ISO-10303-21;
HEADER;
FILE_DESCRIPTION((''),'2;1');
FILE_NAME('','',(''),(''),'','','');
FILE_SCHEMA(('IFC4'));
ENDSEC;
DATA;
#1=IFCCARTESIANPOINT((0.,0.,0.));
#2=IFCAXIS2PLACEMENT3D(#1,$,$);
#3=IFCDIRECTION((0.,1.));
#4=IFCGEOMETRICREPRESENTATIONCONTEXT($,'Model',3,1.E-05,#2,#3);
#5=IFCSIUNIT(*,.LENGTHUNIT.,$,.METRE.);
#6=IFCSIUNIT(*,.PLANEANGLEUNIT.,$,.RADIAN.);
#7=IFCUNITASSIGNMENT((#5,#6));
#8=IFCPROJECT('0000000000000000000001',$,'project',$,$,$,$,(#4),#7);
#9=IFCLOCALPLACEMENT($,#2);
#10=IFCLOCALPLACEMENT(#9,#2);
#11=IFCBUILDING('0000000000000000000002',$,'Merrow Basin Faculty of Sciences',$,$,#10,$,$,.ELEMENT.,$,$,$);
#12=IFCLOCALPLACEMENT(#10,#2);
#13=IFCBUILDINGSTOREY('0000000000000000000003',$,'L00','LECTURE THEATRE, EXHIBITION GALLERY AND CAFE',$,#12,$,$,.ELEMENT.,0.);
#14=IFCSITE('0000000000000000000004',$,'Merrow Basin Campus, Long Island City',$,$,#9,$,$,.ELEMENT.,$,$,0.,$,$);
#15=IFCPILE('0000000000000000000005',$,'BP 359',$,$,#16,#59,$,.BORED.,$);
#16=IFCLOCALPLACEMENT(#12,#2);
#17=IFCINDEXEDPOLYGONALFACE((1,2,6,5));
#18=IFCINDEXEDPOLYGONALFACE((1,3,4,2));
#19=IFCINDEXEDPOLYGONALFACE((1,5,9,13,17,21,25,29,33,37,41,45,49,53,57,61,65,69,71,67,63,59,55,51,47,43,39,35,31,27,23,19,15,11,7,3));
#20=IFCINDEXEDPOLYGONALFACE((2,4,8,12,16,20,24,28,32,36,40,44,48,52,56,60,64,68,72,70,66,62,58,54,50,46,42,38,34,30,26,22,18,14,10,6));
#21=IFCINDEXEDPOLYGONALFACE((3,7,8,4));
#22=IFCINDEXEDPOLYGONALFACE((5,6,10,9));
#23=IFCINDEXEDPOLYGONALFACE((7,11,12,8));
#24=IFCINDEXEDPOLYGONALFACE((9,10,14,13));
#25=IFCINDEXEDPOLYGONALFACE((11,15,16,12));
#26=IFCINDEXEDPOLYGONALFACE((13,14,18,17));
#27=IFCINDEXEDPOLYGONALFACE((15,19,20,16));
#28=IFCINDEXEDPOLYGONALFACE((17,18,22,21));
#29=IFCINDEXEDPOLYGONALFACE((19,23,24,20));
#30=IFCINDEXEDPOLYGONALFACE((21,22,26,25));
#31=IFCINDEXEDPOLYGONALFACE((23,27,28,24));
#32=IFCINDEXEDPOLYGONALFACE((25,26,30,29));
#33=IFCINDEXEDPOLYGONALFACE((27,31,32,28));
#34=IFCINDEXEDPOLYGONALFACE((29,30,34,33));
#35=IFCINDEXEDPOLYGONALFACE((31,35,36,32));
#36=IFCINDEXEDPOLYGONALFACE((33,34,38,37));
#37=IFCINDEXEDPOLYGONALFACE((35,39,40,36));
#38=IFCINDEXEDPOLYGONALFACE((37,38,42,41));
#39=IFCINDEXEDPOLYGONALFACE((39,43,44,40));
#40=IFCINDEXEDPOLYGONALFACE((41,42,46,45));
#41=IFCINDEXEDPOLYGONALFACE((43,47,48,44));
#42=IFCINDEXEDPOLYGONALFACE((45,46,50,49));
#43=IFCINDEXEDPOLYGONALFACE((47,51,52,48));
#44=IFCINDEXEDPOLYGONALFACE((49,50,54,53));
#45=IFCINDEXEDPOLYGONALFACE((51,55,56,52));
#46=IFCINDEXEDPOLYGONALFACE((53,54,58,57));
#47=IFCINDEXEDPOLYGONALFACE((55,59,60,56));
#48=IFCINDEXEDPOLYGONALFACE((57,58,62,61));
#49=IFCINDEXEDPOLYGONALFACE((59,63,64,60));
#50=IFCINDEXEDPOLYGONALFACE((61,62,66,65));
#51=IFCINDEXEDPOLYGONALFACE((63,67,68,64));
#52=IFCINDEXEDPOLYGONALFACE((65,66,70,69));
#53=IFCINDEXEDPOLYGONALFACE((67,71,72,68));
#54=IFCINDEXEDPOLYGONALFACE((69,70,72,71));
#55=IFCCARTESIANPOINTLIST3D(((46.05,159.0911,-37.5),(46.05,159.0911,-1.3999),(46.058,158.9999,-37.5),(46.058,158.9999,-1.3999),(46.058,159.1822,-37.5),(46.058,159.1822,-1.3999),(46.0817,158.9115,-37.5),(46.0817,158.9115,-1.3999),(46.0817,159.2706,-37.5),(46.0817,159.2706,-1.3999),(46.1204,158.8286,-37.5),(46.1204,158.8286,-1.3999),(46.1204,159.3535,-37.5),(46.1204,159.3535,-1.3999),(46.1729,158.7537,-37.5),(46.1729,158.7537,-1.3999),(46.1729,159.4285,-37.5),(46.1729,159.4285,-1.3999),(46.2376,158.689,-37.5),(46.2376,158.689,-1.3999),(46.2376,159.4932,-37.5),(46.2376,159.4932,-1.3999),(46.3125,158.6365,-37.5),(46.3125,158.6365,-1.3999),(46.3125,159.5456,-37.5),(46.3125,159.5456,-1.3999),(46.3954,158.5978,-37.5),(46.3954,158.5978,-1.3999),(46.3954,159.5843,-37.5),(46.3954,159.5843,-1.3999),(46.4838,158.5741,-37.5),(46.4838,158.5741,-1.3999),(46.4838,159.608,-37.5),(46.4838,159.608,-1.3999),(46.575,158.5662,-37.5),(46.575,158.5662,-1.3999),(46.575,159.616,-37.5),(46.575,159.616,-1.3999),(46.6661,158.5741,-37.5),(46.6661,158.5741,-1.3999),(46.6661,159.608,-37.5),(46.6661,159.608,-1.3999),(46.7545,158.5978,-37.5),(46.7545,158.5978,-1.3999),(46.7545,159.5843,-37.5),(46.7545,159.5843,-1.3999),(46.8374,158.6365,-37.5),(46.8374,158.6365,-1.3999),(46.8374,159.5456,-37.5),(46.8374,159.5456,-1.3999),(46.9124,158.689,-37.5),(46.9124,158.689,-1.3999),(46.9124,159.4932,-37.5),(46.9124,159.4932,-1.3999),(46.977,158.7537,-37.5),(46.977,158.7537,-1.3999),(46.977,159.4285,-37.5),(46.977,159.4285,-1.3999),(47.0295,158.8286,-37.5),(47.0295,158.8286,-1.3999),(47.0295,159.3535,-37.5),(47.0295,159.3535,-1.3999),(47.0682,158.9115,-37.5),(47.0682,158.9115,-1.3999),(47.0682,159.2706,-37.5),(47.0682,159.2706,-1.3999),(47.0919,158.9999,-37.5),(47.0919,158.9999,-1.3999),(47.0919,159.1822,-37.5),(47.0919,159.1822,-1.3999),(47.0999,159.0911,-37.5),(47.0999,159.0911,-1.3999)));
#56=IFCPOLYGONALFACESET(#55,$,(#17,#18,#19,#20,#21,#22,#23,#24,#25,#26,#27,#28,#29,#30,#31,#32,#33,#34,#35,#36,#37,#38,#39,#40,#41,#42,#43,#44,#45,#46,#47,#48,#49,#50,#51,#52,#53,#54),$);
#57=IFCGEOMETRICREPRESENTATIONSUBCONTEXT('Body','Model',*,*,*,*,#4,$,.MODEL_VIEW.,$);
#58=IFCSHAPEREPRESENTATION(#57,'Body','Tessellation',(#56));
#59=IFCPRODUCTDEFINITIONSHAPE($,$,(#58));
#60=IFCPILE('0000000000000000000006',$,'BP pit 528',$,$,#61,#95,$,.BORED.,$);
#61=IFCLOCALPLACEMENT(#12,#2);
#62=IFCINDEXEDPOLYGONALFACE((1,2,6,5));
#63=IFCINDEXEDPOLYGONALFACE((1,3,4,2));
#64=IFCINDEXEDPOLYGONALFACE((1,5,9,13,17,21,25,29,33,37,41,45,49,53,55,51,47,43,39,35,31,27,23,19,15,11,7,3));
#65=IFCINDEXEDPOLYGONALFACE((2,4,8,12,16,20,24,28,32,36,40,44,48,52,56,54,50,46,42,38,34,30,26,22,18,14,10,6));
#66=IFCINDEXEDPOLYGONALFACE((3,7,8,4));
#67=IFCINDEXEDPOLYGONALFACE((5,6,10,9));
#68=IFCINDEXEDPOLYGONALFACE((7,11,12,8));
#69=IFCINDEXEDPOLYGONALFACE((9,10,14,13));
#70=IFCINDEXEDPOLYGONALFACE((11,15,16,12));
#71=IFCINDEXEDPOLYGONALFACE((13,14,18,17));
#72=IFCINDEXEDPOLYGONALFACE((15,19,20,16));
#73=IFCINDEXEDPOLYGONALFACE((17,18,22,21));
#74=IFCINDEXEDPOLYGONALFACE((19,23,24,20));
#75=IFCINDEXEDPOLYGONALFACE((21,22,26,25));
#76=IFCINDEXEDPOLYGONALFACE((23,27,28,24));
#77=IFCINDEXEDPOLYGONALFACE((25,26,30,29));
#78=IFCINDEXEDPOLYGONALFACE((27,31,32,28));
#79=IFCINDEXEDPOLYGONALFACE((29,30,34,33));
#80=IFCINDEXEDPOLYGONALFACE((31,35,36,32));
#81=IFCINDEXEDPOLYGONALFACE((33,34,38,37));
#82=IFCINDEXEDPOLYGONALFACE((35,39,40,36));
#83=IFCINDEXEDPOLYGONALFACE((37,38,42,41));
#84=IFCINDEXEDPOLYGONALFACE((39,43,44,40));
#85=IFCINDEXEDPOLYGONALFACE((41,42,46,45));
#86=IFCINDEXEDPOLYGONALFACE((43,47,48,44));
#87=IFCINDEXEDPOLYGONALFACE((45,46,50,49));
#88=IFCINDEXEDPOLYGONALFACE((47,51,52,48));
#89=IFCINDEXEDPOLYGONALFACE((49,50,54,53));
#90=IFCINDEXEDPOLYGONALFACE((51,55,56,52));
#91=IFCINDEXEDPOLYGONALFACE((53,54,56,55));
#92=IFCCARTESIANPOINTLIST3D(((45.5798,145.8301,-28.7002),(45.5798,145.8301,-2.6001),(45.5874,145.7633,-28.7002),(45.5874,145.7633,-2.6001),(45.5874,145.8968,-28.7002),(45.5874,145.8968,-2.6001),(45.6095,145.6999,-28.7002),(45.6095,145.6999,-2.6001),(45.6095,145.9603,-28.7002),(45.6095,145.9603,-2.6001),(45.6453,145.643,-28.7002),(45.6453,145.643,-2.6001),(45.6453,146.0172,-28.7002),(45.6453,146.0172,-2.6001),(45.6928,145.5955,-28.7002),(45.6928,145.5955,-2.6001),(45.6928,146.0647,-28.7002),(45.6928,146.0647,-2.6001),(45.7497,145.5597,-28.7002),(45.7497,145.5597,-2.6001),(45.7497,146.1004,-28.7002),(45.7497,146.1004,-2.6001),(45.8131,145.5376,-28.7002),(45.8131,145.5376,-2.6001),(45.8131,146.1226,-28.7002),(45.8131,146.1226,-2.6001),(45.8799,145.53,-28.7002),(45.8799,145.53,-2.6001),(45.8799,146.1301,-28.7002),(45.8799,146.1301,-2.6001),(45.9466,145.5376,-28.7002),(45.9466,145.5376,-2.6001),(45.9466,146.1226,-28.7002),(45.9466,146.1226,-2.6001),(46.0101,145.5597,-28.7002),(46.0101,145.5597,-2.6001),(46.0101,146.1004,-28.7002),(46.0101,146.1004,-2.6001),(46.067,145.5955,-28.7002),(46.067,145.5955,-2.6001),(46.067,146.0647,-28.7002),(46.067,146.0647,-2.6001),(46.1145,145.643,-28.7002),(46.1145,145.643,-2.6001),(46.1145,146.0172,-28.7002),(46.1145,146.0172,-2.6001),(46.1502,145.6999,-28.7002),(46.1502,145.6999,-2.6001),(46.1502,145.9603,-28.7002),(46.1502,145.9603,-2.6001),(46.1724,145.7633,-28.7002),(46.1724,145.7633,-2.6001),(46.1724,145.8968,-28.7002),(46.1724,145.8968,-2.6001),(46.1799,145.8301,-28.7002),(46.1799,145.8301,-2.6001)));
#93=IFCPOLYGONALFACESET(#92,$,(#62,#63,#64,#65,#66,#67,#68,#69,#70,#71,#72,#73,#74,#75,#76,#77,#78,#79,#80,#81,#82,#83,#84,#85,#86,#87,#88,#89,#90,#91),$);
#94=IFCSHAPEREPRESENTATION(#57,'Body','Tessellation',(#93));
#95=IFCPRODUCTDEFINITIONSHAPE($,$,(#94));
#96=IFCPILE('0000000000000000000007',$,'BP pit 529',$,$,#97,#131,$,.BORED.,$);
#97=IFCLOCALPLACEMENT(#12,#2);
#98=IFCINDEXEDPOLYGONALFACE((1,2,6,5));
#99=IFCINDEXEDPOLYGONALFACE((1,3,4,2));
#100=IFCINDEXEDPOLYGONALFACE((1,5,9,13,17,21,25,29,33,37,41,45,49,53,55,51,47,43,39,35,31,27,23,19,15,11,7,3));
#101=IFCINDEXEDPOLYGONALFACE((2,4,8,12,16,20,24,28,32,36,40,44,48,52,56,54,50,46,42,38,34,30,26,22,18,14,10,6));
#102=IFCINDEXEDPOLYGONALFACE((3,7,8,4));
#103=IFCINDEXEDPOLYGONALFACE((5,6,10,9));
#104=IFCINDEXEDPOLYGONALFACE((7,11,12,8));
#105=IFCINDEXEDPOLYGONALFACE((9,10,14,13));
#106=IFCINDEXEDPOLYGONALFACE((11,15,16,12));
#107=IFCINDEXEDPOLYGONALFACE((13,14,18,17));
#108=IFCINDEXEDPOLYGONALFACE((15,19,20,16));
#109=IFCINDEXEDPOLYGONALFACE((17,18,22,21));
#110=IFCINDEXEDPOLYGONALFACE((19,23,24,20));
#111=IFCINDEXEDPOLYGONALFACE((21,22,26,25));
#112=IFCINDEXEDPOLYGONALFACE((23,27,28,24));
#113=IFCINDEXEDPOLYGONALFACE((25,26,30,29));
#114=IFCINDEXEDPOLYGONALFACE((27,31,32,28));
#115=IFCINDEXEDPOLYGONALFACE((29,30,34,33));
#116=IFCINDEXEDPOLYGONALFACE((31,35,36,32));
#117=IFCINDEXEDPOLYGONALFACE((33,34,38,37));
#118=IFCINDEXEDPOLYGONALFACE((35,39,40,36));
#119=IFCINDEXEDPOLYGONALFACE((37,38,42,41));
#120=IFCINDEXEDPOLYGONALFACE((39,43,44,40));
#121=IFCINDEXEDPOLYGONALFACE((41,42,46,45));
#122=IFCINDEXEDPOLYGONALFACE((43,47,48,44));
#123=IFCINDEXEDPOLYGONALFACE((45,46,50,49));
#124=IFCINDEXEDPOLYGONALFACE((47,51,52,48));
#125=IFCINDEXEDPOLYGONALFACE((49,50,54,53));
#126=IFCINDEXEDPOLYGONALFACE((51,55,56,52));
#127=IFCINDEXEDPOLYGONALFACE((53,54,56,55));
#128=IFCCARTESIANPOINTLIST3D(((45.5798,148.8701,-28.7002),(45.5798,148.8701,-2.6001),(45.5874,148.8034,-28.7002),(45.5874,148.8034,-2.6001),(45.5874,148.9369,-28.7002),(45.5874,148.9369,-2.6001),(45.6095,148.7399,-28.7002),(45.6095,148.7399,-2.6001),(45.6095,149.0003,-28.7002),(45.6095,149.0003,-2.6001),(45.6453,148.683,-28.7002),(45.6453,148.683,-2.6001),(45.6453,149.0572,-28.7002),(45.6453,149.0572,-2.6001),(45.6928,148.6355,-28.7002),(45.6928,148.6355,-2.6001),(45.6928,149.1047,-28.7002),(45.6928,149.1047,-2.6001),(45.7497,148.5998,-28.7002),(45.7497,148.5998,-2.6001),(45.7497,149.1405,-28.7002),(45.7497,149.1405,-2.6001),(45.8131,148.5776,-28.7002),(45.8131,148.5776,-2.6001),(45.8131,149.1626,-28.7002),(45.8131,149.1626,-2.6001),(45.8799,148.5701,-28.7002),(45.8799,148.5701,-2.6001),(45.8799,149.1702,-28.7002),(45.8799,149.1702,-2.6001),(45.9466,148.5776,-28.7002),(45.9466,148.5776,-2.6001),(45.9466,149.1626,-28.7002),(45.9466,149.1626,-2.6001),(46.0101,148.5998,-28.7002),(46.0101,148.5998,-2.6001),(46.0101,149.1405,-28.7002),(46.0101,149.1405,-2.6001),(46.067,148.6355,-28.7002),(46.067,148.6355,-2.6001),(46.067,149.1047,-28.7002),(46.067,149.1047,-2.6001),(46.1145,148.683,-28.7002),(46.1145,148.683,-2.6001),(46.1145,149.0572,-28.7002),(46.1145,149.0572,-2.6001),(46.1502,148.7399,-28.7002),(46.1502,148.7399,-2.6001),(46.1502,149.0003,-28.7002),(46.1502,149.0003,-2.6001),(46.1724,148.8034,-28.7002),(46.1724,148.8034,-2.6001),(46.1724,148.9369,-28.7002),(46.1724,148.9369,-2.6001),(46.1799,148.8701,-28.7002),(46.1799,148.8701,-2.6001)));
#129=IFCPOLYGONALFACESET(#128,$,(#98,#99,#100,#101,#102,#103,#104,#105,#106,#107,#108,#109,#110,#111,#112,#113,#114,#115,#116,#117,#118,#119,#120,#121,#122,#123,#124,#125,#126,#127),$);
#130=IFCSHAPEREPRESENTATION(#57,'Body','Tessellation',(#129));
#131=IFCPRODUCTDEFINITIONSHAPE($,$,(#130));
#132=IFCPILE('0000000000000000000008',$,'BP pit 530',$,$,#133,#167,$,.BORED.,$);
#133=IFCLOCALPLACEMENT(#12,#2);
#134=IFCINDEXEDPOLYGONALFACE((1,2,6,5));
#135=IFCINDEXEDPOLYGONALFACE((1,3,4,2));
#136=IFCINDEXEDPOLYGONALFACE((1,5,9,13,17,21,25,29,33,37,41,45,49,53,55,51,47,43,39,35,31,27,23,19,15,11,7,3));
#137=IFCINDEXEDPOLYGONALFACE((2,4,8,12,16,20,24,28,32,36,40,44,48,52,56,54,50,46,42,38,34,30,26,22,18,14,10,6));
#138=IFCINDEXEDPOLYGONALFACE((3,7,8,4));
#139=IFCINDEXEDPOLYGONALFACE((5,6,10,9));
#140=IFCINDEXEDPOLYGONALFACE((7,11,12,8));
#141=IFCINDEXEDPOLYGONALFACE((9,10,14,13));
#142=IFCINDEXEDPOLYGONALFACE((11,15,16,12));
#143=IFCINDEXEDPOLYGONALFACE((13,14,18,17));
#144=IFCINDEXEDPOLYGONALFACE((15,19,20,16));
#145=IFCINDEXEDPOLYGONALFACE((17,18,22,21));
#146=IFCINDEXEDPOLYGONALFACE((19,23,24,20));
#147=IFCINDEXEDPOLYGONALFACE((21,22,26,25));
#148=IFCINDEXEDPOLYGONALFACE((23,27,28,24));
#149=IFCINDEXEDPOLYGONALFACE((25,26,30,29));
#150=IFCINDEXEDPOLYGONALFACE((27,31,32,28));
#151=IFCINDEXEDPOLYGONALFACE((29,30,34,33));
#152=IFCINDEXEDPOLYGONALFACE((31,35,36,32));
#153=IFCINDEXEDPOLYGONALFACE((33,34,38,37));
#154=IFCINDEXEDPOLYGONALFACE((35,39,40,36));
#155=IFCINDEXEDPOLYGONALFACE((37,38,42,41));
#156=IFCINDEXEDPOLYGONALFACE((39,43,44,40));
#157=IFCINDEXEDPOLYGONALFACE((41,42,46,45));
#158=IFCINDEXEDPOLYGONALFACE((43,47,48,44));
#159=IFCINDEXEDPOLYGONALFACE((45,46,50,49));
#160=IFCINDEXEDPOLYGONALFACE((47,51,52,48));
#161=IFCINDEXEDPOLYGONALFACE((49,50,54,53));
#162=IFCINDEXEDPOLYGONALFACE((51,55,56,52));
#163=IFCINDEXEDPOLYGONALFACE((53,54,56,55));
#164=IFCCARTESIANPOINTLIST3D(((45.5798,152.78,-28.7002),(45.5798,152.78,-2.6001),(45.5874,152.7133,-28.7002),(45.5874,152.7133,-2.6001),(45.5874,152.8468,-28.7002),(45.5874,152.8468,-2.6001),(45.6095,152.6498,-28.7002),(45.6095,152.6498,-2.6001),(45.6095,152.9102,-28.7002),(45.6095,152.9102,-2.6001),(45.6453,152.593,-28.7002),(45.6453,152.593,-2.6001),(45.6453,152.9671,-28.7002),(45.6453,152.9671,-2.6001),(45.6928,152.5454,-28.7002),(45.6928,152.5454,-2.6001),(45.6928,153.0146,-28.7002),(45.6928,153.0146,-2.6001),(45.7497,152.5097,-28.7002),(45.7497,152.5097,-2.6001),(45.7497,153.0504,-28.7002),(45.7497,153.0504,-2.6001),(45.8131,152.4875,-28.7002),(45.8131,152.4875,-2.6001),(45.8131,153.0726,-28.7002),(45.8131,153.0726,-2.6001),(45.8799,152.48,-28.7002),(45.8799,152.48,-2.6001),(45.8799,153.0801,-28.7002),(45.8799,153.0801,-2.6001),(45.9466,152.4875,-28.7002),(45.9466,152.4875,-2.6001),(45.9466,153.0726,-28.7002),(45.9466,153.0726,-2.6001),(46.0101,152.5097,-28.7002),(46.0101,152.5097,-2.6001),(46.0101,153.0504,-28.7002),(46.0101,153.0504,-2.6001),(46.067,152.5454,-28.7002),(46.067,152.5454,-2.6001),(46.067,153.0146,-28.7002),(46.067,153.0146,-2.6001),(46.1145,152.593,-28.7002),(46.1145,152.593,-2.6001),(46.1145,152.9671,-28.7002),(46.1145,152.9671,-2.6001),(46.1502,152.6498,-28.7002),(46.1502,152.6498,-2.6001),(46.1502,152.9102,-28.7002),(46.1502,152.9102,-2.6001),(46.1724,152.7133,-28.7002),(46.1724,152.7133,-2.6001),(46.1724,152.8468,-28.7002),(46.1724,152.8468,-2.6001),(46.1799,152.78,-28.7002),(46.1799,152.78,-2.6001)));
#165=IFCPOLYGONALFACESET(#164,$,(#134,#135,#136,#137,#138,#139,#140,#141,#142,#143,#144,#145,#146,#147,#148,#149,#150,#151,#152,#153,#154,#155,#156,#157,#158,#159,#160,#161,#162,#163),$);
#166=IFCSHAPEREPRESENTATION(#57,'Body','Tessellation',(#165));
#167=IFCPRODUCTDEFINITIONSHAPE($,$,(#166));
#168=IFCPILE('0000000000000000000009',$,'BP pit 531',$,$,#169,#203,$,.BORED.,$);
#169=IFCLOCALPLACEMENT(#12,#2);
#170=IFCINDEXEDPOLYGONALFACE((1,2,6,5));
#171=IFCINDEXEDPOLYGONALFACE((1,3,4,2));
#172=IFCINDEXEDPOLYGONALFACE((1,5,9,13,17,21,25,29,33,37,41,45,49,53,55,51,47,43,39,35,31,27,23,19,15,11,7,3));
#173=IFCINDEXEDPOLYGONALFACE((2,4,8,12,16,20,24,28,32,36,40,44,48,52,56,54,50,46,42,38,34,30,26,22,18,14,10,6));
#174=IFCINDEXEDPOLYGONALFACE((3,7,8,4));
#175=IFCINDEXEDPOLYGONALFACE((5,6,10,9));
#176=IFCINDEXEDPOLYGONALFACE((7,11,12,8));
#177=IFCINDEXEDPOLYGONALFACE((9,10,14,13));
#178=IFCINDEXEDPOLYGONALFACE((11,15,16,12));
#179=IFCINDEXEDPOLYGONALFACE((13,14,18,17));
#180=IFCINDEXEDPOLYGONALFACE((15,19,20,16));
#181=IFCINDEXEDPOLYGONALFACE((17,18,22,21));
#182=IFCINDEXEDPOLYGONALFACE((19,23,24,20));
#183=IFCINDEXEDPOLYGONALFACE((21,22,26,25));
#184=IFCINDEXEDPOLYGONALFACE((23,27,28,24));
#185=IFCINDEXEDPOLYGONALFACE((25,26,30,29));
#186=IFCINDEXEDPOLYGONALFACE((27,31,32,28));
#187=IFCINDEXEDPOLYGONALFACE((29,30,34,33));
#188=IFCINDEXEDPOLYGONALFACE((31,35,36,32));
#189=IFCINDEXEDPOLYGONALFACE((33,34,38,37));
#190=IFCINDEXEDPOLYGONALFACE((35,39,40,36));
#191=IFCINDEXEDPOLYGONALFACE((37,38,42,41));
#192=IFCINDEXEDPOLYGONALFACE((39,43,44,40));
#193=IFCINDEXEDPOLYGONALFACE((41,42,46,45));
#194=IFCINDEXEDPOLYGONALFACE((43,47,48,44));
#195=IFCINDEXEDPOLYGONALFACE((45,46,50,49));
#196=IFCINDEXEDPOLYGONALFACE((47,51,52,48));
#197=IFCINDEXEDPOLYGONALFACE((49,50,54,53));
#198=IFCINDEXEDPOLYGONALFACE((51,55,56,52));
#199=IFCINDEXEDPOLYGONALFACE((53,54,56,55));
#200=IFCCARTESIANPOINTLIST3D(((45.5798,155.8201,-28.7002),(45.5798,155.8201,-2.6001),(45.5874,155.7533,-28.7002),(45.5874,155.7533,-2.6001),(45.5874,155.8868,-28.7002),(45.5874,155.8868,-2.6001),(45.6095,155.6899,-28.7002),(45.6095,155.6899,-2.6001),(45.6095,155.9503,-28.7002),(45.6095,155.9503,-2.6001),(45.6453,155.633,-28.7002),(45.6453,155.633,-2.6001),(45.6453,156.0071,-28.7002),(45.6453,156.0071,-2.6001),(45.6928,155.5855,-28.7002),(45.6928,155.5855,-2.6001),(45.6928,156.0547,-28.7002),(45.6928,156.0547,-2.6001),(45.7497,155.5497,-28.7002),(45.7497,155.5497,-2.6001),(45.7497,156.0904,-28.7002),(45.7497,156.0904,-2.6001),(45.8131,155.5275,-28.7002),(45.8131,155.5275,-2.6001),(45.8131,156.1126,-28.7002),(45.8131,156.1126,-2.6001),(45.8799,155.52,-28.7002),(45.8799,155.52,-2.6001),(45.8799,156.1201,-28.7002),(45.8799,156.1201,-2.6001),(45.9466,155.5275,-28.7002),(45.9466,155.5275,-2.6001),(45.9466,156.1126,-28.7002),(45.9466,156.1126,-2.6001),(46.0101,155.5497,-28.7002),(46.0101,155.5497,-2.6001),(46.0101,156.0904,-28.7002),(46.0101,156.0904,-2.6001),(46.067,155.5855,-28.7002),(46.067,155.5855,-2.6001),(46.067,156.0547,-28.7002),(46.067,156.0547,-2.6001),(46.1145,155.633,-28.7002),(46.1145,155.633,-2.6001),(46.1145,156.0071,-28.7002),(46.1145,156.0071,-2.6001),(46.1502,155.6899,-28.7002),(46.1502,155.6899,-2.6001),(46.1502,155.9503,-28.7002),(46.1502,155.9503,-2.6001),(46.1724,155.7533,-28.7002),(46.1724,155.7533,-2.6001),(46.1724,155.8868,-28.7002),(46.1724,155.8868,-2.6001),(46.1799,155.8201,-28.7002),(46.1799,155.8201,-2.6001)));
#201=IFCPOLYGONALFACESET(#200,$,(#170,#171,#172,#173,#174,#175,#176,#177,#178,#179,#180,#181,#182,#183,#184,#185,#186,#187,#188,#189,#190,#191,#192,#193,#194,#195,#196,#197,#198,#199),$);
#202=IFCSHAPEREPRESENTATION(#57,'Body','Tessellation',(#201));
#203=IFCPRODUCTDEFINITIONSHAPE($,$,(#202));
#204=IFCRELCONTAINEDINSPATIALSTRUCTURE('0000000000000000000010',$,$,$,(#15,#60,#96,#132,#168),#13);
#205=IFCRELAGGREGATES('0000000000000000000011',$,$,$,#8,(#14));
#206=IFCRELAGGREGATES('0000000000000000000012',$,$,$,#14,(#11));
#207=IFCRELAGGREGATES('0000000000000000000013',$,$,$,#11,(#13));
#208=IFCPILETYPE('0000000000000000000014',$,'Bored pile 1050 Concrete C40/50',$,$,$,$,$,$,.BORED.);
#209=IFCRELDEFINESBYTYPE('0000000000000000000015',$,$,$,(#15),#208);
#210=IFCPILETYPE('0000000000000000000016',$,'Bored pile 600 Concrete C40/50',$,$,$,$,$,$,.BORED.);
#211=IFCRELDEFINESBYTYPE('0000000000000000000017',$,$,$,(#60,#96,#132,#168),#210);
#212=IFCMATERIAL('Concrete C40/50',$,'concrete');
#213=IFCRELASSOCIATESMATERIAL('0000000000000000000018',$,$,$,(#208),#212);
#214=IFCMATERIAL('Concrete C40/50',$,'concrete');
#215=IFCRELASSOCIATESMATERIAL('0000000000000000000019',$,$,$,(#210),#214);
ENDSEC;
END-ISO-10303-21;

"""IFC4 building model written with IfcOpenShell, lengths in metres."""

from ifc_helpers import new_model, si_unit, direction, frame, origin, origin_2d, place, context, subcontext, project, spatial, circle, extrude, material, material_profile, profile_set, type_object, element, save


model = new_model("IFC4")

# Units and contexts
model_context = context("Model", 3, precision=1e-05, world=origin(), true_north=direction((0.0, 1.0)))
body_context = subcontext(model_context, "Body", "Model", "MODEL_VIEW")
ifc_project = project(units=[si_unit("LENGTHUNIT", "METRE"), si_unit("PLANEANGLEUNIT", "RADIAN")], contexts=[model_context])

# Site, building, storey
site_placement = place(None, origin())
site = spatial("IfcSite", under=ifc_project, at=site_placement, Name="Merrow Basin Campus, Long Island City", CompositionType="ELEMENT", RefElevation=0.0)
building_placement = place(site_placement, origin())
building = spatial("IfcBuilding", under=site, at=building_placement, Name="Merrow Basin Faculty of Sciences", CompositionType="ELEMENT")
storey_placement = place(building_placement, origin())
storey = spatial("IfcBuildingStorey", under=building, at=storey_placement, Name="L00", Description="LECTURE THEATRE, EXHIBITION GALLERY AND CAFE", CompositionType="ELEMENT", Elevation=0.0)

# Piles
ifc_material_1 = material(Name="Concrete C40/50", Category="concrete")
ifc_material_profile_1 = material_profile(ifc_material_1, circle(Radius=0.5249, at=origin_2d()))
ifc_profile_set_1 = profile_set([ifc_material_profile_1], Name="Concrete C40/50")
pile_type_1 = type_object("IfcPileType", Name="Bored pile 1050 Concrete C40/50", PredefinedType="BORED", material=ifc_profile_set_1)
for number, where, z_axis, x_axis, name in (
    (1, (46.575, 159.0911, -1.3999), (0.0, 0.0, -1.0), (1.0, 0.0, 0.0), "BP 359"),
):
    element("IfcPile", number, at=place(storey_placement, frame(where, z_axis=z_axis, x_axis=x_axis)), inside=storey, type_object=pile_type_1, Name=name, PredefinedType="BORED", context=body_context, shape_type="SweptSolid", body=[
        extrude(circle(Radius=0.5249, at=origin_2d()), origin(), (0.0, 0.0, 1.0), 36.1001),
    ])
ifc_material_2 = material(Name="Concrete C40/50", Category="concrete")
ifc_material_profile_2 = material_profile(ifc_material_2, circle(Radius=0.3, at=origin_2d()))
ifc_profile_set_2 = profile_set([ifc_material_profile_2], Name="Concrete C40/50")
pile_type_2 = type_object("IfcPileType", Name="Bored pile 600 Concrete C40/50", PredefinedType="BORED", material=ifc_profile_set_2)
for number, where, z_axis, x_axis, name in (
    (2, (45.8799, 145.8301, -2.6001), (0.0, 0.0, -1.0), (1.0, 0.0, 0.0), "BP pit 528"),
    (3, (45.8799, 148.8701, -2.6001), (0.0, 0.0, -1.0), (1.0, 0.0, 0.0), "BP pit 529"),
    (4, (45.8799, 152.78, -2.6001), (0.0, 0.0, -1.0), (1.0, 0.0, 0.0), "BP pit 530"),
    (5, (45.8799, 155.8201, -2.6001), (0.0, 0.0, -1.0), (1.0, 0.0, 0.0), "BP pit 531"),
):
    element("IfcPile", number, at=place(storey_placement, frame(where, z_axis=z_axis, x_axis=x_axis)), inside=storey, type_object=pile_type_2, Name=name, PredefinedType="BORED", context=body_context, shape_type="SweptSolid", body=[
        extrude(circle(Radius=0.3, at=origin_2d()), origin(), (0.0, 0.0, 1.0), 26.1001),
    ])

save(model, "model.ifc")
